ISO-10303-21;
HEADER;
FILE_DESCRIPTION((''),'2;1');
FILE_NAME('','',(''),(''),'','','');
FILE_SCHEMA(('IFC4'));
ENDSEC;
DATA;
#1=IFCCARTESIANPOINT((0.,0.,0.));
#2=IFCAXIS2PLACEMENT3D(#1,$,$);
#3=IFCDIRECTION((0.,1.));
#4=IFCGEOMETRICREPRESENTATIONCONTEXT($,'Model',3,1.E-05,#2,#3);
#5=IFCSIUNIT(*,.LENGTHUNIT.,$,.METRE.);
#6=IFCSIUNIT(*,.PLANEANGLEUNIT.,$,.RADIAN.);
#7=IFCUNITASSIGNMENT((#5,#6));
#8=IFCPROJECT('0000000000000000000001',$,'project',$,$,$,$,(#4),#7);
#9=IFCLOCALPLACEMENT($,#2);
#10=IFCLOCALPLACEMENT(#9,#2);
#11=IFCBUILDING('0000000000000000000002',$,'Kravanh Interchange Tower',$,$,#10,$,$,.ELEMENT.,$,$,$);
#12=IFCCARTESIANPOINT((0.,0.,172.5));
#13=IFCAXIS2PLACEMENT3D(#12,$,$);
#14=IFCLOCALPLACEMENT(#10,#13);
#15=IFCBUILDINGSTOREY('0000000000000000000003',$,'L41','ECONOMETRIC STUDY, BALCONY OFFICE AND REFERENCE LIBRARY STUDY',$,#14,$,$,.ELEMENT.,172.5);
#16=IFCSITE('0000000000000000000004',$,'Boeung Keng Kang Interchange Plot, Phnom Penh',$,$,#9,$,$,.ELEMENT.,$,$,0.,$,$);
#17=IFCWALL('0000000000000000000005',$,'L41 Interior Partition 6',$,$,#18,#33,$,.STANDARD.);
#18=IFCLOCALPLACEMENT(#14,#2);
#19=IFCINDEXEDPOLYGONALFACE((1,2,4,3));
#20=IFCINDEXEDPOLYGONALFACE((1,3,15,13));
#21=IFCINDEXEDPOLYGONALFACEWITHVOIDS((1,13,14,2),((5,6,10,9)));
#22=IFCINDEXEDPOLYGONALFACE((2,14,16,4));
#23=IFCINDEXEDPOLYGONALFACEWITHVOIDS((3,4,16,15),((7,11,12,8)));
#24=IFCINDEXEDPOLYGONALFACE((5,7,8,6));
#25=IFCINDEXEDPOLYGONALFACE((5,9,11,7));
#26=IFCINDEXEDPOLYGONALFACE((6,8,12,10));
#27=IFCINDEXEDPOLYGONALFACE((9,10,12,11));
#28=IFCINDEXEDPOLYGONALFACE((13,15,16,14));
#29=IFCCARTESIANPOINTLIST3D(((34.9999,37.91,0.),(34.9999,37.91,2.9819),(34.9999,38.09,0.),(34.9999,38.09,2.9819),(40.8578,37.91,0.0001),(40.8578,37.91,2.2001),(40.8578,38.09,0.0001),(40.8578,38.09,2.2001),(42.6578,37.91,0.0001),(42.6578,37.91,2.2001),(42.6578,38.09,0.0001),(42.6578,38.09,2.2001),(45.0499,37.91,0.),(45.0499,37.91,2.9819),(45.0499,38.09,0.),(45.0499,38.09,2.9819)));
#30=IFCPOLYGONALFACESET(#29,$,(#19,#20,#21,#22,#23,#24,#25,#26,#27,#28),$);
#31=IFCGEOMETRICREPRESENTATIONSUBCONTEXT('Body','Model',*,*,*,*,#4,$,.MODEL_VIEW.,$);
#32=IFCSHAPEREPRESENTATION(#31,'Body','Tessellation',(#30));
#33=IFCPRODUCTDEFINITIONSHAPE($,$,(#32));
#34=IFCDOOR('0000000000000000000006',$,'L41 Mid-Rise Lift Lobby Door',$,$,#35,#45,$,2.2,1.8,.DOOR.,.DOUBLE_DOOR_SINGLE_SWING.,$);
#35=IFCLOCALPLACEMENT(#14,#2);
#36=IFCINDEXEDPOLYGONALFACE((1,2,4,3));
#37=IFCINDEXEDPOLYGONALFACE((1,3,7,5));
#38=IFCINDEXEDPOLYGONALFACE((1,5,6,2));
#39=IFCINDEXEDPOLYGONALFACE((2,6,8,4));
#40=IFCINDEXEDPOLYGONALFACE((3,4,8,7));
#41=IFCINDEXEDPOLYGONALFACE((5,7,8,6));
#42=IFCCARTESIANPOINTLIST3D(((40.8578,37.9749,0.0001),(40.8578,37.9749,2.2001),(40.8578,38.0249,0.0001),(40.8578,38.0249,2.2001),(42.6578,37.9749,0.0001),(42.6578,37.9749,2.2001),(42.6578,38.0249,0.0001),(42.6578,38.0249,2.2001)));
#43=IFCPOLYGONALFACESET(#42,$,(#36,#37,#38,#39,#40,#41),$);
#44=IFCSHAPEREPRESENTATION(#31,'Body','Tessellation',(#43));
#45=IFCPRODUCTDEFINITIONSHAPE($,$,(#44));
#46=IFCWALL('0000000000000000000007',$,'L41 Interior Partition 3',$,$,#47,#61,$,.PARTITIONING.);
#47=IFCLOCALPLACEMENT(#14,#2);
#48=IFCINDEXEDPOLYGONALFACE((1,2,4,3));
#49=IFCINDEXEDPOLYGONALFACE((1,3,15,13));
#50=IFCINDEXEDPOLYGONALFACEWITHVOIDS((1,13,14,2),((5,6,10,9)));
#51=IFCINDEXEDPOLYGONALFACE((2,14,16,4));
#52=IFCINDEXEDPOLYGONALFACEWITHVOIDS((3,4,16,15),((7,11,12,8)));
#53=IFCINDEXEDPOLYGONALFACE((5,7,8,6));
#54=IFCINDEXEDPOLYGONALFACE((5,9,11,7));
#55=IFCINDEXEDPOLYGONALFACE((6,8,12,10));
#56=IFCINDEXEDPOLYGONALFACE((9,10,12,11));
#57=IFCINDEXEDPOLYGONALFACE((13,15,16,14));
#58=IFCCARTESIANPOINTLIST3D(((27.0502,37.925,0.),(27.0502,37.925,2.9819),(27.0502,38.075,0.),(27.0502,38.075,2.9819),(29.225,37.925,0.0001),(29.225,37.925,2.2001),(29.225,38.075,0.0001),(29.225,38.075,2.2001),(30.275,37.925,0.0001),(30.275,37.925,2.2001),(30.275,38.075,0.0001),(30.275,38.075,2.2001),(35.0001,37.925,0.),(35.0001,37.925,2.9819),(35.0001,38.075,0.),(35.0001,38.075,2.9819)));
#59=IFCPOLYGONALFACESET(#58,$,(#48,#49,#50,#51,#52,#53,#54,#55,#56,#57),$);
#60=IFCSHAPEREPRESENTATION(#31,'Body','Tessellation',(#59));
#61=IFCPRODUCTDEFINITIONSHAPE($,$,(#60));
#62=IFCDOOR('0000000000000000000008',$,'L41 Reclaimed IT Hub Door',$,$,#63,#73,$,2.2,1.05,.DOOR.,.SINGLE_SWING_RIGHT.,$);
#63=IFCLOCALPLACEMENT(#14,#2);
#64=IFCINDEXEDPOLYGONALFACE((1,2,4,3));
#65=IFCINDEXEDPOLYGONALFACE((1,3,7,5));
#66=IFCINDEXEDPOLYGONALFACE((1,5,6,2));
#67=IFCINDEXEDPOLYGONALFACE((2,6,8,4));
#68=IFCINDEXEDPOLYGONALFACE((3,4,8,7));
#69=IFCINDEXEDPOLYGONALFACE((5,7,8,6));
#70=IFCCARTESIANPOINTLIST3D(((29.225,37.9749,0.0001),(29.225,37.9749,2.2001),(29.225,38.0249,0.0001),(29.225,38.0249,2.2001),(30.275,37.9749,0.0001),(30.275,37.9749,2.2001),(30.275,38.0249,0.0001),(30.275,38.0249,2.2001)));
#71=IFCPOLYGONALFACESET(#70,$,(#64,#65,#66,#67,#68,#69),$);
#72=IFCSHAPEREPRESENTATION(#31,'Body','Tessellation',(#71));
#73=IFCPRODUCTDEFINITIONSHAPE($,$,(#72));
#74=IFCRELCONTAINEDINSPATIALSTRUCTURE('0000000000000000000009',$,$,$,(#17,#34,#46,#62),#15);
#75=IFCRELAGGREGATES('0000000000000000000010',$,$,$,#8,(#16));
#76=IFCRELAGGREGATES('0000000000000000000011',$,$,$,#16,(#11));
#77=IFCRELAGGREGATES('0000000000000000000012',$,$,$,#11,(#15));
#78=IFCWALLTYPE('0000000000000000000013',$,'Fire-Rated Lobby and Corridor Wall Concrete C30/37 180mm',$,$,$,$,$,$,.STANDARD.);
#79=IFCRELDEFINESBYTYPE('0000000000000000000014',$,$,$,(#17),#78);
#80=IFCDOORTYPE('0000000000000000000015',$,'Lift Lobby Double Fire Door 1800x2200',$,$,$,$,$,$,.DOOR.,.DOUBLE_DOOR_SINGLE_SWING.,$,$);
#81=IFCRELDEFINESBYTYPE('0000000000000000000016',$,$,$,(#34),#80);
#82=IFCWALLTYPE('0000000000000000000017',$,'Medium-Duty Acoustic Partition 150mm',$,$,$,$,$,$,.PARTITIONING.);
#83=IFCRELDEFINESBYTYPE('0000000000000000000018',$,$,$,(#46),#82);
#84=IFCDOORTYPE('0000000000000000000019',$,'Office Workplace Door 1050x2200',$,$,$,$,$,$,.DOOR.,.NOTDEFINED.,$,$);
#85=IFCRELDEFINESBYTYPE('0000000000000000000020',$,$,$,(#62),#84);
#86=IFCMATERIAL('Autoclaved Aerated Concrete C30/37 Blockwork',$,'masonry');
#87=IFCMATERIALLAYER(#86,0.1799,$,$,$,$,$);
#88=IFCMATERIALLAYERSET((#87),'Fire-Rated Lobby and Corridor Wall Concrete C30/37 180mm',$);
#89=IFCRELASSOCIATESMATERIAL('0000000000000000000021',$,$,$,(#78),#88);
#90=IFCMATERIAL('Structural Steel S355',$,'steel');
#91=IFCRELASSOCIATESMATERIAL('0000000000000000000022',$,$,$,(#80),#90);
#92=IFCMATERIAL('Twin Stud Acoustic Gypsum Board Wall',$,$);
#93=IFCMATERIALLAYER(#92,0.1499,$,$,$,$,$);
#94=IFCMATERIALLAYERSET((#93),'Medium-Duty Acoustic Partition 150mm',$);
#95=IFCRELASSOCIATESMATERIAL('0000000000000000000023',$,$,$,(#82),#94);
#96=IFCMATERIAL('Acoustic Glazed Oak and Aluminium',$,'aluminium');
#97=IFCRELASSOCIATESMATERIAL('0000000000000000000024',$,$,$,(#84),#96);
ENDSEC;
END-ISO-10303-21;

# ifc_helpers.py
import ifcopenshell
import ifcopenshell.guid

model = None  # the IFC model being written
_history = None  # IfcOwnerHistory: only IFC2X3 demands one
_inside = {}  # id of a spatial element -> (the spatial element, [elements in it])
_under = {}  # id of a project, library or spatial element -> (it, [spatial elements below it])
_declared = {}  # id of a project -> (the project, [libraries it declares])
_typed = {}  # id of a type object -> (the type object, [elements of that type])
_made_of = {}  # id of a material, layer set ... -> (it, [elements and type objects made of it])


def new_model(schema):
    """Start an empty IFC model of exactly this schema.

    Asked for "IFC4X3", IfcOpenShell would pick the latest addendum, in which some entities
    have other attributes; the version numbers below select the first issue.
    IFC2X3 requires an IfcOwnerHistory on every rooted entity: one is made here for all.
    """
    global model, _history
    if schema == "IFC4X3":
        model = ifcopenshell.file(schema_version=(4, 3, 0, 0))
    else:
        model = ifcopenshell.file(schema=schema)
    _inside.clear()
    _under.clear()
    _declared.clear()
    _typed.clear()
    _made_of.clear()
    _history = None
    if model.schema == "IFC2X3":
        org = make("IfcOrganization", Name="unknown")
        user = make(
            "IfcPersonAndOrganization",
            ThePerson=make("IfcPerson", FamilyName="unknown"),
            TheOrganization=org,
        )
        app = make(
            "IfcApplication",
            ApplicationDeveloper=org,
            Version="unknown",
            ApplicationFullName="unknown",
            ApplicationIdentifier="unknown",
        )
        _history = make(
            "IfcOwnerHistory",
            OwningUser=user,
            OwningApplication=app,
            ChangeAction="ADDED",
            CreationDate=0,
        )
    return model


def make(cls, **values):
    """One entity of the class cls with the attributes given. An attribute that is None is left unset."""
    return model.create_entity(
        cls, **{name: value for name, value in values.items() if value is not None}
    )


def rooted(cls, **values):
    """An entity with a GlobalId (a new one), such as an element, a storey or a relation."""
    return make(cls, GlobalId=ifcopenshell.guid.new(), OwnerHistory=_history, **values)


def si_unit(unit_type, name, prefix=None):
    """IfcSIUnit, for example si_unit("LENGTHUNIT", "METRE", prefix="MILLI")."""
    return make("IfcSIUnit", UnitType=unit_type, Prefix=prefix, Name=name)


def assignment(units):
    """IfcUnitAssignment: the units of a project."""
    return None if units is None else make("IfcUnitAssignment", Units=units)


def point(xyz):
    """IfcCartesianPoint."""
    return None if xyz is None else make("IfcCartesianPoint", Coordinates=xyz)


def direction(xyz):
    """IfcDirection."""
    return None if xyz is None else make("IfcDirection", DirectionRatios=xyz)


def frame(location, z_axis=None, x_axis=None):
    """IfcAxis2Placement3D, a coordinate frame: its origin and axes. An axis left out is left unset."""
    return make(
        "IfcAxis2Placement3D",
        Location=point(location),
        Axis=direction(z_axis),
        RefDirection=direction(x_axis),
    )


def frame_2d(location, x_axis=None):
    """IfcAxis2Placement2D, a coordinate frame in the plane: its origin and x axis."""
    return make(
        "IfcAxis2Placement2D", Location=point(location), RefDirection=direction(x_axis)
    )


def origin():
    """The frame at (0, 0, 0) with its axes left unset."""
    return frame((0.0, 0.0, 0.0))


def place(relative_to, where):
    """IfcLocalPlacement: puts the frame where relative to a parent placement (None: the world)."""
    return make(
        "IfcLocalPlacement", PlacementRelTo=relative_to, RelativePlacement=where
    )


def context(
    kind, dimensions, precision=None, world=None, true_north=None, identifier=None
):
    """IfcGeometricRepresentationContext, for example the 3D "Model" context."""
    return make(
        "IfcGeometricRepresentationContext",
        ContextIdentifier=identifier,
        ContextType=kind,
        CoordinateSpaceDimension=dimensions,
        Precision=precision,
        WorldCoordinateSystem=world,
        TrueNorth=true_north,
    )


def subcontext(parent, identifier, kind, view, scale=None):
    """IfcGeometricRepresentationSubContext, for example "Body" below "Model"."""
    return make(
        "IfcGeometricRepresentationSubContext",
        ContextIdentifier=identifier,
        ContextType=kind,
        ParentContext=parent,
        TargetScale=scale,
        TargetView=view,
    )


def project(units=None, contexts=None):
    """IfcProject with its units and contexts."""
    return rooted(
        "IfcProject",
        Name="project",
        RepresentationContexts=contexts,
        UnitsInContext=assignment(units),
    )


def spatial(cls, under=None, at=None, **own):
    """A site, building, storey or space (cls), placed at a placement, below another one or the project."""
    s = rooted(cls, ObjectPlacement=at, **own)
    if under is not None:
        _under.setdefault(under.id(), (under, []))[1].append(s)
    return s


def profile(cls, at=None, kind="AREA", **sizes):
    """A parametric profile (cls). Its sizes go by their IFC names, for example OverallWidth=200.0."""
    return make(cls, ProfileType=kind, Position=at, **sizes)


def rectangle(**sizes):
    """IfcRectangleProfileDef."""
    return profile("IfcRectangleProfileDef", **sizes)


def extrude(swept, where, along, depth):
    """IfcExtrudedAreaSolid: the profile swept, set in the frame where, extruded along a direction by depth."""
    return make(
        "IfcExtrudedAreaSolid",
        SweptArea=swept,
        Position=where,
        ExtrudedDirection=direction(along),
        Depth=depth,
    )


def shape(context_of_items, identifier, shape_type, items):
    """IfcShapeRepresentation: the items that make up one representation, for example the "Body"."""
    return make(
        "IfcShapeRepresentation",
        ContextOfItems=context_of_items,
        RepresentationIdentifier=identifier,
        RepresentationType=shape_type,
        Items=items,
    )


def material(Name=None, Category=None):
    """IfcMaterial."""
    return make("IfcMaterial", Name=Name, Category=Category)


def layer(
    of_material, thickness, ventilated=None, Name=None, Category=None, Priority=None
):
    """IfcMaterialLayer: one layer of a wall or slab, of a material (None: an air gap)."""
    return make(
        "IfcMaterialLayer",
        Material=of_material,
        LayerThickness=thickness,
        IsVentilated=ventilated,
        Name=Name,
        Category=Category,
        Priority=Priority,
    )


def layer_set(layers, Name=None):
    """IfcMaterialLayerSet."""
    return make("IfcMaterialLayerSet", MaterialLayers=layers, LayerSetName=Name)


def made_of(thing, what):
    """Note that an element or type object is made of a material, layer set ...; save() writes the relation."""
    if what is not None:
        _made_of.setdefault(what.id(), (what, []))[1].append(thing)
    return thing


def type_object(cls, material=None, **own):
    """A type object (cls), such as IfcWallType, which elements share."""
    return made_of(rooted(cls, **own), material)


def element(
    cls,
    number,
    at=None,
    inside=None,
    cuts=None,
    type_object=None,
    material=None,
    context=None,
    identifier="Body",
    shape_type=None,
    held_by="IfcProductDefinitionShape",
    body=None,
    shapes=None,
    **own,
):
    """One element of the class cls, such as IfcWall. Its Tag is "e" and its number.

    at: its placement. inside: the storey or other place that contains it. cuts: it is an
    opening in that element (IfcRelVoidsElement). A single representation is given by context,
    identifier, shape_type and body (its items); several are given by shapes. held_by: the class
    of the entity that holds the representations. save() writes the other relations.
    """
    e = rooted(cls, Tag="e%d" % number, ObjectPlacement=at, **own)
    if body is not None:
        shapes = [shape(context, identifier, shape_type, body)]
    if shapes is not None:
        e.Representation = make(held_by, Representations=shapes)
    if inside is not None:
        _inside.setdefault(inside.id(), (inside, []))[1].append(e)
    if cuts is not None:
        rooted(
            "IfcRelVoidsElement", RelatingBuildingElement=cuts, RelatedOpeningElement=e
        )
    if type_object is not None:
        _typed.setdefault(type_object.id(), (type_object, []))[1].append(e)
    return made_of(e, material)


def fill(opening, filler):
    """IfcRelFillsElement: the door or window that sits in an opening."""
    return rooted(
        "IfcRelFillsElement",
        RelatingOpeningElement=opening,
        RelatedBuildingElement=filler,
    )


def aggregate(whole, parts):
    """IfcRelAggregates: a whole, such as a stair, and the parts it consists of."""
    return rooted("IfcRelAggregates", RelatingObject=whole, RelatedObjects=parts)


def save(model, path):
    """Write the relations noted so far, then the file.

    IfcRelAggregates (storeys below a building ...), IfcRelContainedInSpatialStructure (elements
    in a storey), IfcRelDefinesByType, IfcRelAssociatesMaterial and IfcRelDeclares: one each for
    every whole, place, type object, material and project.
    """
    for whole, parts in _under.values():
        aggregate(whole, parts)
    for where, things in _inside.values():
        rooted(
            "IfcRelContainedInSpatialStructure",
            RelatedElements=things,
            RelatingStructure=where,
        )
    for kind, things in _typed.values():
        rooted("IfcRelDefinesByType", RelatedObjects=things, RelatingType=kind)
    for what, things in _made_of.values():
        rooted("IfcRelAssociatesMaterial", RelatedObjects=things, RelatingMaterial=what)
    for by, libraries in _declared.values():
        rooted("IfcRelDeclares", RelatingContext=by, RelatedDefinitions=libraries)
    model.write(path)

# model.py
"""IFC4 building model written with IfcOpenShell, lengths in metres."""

from ifc_helpers import new_model, si_unit, direction, frame, frame_2d, origin, place, context, subcontext, project, spatial, rectangle, extrude, material, layer, layer_set, type_object, element, fill, save


model = new_model("IFC4")

# Units and contexts
model_context = context("Model", 3, precision=1e-05, world=origin(), true_north=direction((0.0, 1.0)))
body_context = subcontext(model_context, "Body", "Model", "MODEL_VIEW")
ifc_project = project(units=[si_unit("LENGTHUNIT", "METRE"), si_unit("PLANEANGLEUNIT", "RADIAN")], contexts=[model_context])

# Site, building, storey
site_placement = place(None, origin())
site = spatial("IfcSite", under=ifc_project, at=site_placement, Name="Boeung Keng Kang Interchange Plot, Phnom Penh", CompositionType="ELEMENT", RefElevation=0.0)
building_placement = place(site_placement, origin())
building = spatial("IfcBuilding", under=site, at=building_placement, Name="Kravanh Interchange Tower", CompositionType="ELEMENT")
storey_placement = place(building_placement, frame((0.0, 0.0, 172.5)))
storey = spatial("IfcBuildingStorey", under=building, at=storey_placement, Name="L41", Description="ECONOMETRIC STUDY, BALCONY OFFICE AND REFERENCE LIBRARY STUDY", CompositionType="ELEMENT", Elevation=172.5)

# Shared definitions
ifc_material_1 = material(Name="Autoclaved Aerated Concrete C30/37 Blockwork", Category="masonry")
ifc_layer_1 = layer(ifc_material_1, 0.1799)
ifc_layer_set_1 = layer_set([ifc_layer_1], Name="Fire-Rated Lobby and Corridor Wall Concrete C30/37 180mm")
wall_type_1 = type_object("IfcWallType", Name="Fire-Rated Lobby and Corridor Wall Concrete C30/37 180mm", PredefinedType="STANDARD", material=ifc_layer_set_1)

# Walls, openings, doors
wall_1_placement = place(storey_placement, frame((35.0, 38.0, 0.0), z_axis=(0.0, 0.0, 1.0), x_axis=(1.0, 0.0, 0.0)))
wall_1 = element("IfcWall", 1, at=wall_1_placement, inside=storey, type_object=wall_type_1, Name="L41 Interior Partition 6", PredefinedType="STANDARD", context=body_context, shape_type="SweptSolid", body=[
    extrude(rectangle(XDim=10.05, YDim=0.1799, at=frame_2d((5.0249, 0.0))), origin(), (0.0, 0.0, 1.0), 2.9819),
])
opening_1_placement = place(wall_1_placement, frame((5.8579, 0.0, 0.0)))
opening_1 = element("IfcOpeningElement", 2, at=opening_1_placement, cuts=wall_1, PredefinedType="OPENING", context=body_context, shape_type="SweptSolid", body=[
    extrude(rectangle(XDim=1.8, YDim=2.2, at=frame_2d((0.8999, 1.1001))), frame((0.0, 0.1001, 0.0), z_axis=(0.0, -1.0, 0.0), x_axis=(1.0, 0.0, 0.0)), (0.0, 0.0, 1.0), 0.2),
])
ifc_material_2 = material(Name="Structural Steel S355", Category="steel")
door_type_1 = type_object("IfcDoorType", Name="Lift Lobby Double Fire Door 1800x2200", OperationType="DOUBLE_DOOR_SINGLE_SWING", PredefinedType="DOOR", material=ifc_material_2)
door_1_placement = place(opening_1_placement, origin())
door_1 = element("IfcDoor", 3, at=door_1_placement, inside=storey, type_object=door_type_1, Name="L41 Mid-Rise Lift Lobby Door", OperationType="DOUBLE_DOOR_SINGLE_SWING", OverallHeight=2.2, OverallWidth=1.8, PredefinedType="DOOR", context=body_context, shape_type="SweptSolid", body=[
    extrude(rectangle(XDim=1.8, YDim=2.2, at=frame_2d((0.8999, 1.1001))), frame((0.0, 0.0249, 0.0), z_axis=(0.0, -1.0, 0.0), x_axis=(1.0, 0.0, 0.0)), (0.0, 0.0, 1.0), 0.05),
])
fill(opening_1, door_1)
ifc_material_3 = material(Name="Twin Stud Acoustic Gypsum Board Wall")
ifc_layer_2 = layer(ifc_material_3, 0.1499)
ifc_layer_set_2 = layer_set([ifc_layer_2], Name="Medium-Duty Acoustic Partition 150mm")
wall_type_2 = type_object("IfcWallType", Name="Medium-Duty Acoustic Partition 150mm", PredefinedType="PARTITIONING", material=ifc_layer_set_2)
wall_2_placement = place(storey_placement, frame((27.05, 38.0, 0.0), z_axis=(0.0, 0.0, 1.0), x_axis=(1.0, 0.0, 0.0)))
wall_2 = element("IfcWall", 4, at=wall_2_placement, inside=storey, type_object=wall_type_2, Name="L41 Interior Partition 3", PredefinedType="PARTITIONING", context=body_context, shape_type="SweptSolid", body=[
    extrude(rectangle(XDim=7.95, YDim=0.1499, at=frame_2d((3.9751, 0.0))), origin(), (0.0, 0.0, 1.0), 2.9819),
])
opening_2_placement = place(wall_2_placement, frame((2.175, 0.0, 0.0)))
opening_2 = element("IfcOpeningElement", 5, at=opening_2_placement, cuts=wall_2, PredefinedType="OPENING", context=body_context, shape_type="SweptSolid", body=[
    extrude(rectangle(XDim=1.05, YDim=2.2, at=frame_2d((0.5249, 1.1001))), frame((0.0, 0.085, 0.0), z_axis=(0.0, -1.0, 0.0), x_axis=(1.0, 0.0, 0.0)), (0.0, 0.0, 1.0), 0.1699),
])
ifc_material_4 = material(Name="Acoustic Glazed Oak and Aluminium", Category="aluminium")
door_type_2 = type_object("IfcDoorType", Name="Office Workplace Door 1050x2200", OperationType="NOTDEFINED", PredefinedType="DOOR", material=ifc_material_4)
door_2_placement = place(opening_2_placement, origin())
door_2 = element("IfcDoor", 6, at=door_2_placement, inside=storey, type_object=door_type_2, Name="L41 Reclaimed IT Hub Door", OperationType="SINGLE_SWING_RIGHT", OverallHeight=2.2, OverallWidth=1.05, PredefinedType="DOOR", context=body_context, shape_type="SweptSolid", body=[
    extrude(rectangle(XDim=1.05, YDim=2.2, at=frame_2d((0.5249, 1.1001))), frame((0.0, 0.0249, 0.0), z_axis=(0.0, -1.0, 0.0), x_axis=(1.0, 0.0, 0.0)), (0.0, 0.0, 1.0), 0.05),
])
fill(opening_2, door_2)

save(model, "model.ifc")
